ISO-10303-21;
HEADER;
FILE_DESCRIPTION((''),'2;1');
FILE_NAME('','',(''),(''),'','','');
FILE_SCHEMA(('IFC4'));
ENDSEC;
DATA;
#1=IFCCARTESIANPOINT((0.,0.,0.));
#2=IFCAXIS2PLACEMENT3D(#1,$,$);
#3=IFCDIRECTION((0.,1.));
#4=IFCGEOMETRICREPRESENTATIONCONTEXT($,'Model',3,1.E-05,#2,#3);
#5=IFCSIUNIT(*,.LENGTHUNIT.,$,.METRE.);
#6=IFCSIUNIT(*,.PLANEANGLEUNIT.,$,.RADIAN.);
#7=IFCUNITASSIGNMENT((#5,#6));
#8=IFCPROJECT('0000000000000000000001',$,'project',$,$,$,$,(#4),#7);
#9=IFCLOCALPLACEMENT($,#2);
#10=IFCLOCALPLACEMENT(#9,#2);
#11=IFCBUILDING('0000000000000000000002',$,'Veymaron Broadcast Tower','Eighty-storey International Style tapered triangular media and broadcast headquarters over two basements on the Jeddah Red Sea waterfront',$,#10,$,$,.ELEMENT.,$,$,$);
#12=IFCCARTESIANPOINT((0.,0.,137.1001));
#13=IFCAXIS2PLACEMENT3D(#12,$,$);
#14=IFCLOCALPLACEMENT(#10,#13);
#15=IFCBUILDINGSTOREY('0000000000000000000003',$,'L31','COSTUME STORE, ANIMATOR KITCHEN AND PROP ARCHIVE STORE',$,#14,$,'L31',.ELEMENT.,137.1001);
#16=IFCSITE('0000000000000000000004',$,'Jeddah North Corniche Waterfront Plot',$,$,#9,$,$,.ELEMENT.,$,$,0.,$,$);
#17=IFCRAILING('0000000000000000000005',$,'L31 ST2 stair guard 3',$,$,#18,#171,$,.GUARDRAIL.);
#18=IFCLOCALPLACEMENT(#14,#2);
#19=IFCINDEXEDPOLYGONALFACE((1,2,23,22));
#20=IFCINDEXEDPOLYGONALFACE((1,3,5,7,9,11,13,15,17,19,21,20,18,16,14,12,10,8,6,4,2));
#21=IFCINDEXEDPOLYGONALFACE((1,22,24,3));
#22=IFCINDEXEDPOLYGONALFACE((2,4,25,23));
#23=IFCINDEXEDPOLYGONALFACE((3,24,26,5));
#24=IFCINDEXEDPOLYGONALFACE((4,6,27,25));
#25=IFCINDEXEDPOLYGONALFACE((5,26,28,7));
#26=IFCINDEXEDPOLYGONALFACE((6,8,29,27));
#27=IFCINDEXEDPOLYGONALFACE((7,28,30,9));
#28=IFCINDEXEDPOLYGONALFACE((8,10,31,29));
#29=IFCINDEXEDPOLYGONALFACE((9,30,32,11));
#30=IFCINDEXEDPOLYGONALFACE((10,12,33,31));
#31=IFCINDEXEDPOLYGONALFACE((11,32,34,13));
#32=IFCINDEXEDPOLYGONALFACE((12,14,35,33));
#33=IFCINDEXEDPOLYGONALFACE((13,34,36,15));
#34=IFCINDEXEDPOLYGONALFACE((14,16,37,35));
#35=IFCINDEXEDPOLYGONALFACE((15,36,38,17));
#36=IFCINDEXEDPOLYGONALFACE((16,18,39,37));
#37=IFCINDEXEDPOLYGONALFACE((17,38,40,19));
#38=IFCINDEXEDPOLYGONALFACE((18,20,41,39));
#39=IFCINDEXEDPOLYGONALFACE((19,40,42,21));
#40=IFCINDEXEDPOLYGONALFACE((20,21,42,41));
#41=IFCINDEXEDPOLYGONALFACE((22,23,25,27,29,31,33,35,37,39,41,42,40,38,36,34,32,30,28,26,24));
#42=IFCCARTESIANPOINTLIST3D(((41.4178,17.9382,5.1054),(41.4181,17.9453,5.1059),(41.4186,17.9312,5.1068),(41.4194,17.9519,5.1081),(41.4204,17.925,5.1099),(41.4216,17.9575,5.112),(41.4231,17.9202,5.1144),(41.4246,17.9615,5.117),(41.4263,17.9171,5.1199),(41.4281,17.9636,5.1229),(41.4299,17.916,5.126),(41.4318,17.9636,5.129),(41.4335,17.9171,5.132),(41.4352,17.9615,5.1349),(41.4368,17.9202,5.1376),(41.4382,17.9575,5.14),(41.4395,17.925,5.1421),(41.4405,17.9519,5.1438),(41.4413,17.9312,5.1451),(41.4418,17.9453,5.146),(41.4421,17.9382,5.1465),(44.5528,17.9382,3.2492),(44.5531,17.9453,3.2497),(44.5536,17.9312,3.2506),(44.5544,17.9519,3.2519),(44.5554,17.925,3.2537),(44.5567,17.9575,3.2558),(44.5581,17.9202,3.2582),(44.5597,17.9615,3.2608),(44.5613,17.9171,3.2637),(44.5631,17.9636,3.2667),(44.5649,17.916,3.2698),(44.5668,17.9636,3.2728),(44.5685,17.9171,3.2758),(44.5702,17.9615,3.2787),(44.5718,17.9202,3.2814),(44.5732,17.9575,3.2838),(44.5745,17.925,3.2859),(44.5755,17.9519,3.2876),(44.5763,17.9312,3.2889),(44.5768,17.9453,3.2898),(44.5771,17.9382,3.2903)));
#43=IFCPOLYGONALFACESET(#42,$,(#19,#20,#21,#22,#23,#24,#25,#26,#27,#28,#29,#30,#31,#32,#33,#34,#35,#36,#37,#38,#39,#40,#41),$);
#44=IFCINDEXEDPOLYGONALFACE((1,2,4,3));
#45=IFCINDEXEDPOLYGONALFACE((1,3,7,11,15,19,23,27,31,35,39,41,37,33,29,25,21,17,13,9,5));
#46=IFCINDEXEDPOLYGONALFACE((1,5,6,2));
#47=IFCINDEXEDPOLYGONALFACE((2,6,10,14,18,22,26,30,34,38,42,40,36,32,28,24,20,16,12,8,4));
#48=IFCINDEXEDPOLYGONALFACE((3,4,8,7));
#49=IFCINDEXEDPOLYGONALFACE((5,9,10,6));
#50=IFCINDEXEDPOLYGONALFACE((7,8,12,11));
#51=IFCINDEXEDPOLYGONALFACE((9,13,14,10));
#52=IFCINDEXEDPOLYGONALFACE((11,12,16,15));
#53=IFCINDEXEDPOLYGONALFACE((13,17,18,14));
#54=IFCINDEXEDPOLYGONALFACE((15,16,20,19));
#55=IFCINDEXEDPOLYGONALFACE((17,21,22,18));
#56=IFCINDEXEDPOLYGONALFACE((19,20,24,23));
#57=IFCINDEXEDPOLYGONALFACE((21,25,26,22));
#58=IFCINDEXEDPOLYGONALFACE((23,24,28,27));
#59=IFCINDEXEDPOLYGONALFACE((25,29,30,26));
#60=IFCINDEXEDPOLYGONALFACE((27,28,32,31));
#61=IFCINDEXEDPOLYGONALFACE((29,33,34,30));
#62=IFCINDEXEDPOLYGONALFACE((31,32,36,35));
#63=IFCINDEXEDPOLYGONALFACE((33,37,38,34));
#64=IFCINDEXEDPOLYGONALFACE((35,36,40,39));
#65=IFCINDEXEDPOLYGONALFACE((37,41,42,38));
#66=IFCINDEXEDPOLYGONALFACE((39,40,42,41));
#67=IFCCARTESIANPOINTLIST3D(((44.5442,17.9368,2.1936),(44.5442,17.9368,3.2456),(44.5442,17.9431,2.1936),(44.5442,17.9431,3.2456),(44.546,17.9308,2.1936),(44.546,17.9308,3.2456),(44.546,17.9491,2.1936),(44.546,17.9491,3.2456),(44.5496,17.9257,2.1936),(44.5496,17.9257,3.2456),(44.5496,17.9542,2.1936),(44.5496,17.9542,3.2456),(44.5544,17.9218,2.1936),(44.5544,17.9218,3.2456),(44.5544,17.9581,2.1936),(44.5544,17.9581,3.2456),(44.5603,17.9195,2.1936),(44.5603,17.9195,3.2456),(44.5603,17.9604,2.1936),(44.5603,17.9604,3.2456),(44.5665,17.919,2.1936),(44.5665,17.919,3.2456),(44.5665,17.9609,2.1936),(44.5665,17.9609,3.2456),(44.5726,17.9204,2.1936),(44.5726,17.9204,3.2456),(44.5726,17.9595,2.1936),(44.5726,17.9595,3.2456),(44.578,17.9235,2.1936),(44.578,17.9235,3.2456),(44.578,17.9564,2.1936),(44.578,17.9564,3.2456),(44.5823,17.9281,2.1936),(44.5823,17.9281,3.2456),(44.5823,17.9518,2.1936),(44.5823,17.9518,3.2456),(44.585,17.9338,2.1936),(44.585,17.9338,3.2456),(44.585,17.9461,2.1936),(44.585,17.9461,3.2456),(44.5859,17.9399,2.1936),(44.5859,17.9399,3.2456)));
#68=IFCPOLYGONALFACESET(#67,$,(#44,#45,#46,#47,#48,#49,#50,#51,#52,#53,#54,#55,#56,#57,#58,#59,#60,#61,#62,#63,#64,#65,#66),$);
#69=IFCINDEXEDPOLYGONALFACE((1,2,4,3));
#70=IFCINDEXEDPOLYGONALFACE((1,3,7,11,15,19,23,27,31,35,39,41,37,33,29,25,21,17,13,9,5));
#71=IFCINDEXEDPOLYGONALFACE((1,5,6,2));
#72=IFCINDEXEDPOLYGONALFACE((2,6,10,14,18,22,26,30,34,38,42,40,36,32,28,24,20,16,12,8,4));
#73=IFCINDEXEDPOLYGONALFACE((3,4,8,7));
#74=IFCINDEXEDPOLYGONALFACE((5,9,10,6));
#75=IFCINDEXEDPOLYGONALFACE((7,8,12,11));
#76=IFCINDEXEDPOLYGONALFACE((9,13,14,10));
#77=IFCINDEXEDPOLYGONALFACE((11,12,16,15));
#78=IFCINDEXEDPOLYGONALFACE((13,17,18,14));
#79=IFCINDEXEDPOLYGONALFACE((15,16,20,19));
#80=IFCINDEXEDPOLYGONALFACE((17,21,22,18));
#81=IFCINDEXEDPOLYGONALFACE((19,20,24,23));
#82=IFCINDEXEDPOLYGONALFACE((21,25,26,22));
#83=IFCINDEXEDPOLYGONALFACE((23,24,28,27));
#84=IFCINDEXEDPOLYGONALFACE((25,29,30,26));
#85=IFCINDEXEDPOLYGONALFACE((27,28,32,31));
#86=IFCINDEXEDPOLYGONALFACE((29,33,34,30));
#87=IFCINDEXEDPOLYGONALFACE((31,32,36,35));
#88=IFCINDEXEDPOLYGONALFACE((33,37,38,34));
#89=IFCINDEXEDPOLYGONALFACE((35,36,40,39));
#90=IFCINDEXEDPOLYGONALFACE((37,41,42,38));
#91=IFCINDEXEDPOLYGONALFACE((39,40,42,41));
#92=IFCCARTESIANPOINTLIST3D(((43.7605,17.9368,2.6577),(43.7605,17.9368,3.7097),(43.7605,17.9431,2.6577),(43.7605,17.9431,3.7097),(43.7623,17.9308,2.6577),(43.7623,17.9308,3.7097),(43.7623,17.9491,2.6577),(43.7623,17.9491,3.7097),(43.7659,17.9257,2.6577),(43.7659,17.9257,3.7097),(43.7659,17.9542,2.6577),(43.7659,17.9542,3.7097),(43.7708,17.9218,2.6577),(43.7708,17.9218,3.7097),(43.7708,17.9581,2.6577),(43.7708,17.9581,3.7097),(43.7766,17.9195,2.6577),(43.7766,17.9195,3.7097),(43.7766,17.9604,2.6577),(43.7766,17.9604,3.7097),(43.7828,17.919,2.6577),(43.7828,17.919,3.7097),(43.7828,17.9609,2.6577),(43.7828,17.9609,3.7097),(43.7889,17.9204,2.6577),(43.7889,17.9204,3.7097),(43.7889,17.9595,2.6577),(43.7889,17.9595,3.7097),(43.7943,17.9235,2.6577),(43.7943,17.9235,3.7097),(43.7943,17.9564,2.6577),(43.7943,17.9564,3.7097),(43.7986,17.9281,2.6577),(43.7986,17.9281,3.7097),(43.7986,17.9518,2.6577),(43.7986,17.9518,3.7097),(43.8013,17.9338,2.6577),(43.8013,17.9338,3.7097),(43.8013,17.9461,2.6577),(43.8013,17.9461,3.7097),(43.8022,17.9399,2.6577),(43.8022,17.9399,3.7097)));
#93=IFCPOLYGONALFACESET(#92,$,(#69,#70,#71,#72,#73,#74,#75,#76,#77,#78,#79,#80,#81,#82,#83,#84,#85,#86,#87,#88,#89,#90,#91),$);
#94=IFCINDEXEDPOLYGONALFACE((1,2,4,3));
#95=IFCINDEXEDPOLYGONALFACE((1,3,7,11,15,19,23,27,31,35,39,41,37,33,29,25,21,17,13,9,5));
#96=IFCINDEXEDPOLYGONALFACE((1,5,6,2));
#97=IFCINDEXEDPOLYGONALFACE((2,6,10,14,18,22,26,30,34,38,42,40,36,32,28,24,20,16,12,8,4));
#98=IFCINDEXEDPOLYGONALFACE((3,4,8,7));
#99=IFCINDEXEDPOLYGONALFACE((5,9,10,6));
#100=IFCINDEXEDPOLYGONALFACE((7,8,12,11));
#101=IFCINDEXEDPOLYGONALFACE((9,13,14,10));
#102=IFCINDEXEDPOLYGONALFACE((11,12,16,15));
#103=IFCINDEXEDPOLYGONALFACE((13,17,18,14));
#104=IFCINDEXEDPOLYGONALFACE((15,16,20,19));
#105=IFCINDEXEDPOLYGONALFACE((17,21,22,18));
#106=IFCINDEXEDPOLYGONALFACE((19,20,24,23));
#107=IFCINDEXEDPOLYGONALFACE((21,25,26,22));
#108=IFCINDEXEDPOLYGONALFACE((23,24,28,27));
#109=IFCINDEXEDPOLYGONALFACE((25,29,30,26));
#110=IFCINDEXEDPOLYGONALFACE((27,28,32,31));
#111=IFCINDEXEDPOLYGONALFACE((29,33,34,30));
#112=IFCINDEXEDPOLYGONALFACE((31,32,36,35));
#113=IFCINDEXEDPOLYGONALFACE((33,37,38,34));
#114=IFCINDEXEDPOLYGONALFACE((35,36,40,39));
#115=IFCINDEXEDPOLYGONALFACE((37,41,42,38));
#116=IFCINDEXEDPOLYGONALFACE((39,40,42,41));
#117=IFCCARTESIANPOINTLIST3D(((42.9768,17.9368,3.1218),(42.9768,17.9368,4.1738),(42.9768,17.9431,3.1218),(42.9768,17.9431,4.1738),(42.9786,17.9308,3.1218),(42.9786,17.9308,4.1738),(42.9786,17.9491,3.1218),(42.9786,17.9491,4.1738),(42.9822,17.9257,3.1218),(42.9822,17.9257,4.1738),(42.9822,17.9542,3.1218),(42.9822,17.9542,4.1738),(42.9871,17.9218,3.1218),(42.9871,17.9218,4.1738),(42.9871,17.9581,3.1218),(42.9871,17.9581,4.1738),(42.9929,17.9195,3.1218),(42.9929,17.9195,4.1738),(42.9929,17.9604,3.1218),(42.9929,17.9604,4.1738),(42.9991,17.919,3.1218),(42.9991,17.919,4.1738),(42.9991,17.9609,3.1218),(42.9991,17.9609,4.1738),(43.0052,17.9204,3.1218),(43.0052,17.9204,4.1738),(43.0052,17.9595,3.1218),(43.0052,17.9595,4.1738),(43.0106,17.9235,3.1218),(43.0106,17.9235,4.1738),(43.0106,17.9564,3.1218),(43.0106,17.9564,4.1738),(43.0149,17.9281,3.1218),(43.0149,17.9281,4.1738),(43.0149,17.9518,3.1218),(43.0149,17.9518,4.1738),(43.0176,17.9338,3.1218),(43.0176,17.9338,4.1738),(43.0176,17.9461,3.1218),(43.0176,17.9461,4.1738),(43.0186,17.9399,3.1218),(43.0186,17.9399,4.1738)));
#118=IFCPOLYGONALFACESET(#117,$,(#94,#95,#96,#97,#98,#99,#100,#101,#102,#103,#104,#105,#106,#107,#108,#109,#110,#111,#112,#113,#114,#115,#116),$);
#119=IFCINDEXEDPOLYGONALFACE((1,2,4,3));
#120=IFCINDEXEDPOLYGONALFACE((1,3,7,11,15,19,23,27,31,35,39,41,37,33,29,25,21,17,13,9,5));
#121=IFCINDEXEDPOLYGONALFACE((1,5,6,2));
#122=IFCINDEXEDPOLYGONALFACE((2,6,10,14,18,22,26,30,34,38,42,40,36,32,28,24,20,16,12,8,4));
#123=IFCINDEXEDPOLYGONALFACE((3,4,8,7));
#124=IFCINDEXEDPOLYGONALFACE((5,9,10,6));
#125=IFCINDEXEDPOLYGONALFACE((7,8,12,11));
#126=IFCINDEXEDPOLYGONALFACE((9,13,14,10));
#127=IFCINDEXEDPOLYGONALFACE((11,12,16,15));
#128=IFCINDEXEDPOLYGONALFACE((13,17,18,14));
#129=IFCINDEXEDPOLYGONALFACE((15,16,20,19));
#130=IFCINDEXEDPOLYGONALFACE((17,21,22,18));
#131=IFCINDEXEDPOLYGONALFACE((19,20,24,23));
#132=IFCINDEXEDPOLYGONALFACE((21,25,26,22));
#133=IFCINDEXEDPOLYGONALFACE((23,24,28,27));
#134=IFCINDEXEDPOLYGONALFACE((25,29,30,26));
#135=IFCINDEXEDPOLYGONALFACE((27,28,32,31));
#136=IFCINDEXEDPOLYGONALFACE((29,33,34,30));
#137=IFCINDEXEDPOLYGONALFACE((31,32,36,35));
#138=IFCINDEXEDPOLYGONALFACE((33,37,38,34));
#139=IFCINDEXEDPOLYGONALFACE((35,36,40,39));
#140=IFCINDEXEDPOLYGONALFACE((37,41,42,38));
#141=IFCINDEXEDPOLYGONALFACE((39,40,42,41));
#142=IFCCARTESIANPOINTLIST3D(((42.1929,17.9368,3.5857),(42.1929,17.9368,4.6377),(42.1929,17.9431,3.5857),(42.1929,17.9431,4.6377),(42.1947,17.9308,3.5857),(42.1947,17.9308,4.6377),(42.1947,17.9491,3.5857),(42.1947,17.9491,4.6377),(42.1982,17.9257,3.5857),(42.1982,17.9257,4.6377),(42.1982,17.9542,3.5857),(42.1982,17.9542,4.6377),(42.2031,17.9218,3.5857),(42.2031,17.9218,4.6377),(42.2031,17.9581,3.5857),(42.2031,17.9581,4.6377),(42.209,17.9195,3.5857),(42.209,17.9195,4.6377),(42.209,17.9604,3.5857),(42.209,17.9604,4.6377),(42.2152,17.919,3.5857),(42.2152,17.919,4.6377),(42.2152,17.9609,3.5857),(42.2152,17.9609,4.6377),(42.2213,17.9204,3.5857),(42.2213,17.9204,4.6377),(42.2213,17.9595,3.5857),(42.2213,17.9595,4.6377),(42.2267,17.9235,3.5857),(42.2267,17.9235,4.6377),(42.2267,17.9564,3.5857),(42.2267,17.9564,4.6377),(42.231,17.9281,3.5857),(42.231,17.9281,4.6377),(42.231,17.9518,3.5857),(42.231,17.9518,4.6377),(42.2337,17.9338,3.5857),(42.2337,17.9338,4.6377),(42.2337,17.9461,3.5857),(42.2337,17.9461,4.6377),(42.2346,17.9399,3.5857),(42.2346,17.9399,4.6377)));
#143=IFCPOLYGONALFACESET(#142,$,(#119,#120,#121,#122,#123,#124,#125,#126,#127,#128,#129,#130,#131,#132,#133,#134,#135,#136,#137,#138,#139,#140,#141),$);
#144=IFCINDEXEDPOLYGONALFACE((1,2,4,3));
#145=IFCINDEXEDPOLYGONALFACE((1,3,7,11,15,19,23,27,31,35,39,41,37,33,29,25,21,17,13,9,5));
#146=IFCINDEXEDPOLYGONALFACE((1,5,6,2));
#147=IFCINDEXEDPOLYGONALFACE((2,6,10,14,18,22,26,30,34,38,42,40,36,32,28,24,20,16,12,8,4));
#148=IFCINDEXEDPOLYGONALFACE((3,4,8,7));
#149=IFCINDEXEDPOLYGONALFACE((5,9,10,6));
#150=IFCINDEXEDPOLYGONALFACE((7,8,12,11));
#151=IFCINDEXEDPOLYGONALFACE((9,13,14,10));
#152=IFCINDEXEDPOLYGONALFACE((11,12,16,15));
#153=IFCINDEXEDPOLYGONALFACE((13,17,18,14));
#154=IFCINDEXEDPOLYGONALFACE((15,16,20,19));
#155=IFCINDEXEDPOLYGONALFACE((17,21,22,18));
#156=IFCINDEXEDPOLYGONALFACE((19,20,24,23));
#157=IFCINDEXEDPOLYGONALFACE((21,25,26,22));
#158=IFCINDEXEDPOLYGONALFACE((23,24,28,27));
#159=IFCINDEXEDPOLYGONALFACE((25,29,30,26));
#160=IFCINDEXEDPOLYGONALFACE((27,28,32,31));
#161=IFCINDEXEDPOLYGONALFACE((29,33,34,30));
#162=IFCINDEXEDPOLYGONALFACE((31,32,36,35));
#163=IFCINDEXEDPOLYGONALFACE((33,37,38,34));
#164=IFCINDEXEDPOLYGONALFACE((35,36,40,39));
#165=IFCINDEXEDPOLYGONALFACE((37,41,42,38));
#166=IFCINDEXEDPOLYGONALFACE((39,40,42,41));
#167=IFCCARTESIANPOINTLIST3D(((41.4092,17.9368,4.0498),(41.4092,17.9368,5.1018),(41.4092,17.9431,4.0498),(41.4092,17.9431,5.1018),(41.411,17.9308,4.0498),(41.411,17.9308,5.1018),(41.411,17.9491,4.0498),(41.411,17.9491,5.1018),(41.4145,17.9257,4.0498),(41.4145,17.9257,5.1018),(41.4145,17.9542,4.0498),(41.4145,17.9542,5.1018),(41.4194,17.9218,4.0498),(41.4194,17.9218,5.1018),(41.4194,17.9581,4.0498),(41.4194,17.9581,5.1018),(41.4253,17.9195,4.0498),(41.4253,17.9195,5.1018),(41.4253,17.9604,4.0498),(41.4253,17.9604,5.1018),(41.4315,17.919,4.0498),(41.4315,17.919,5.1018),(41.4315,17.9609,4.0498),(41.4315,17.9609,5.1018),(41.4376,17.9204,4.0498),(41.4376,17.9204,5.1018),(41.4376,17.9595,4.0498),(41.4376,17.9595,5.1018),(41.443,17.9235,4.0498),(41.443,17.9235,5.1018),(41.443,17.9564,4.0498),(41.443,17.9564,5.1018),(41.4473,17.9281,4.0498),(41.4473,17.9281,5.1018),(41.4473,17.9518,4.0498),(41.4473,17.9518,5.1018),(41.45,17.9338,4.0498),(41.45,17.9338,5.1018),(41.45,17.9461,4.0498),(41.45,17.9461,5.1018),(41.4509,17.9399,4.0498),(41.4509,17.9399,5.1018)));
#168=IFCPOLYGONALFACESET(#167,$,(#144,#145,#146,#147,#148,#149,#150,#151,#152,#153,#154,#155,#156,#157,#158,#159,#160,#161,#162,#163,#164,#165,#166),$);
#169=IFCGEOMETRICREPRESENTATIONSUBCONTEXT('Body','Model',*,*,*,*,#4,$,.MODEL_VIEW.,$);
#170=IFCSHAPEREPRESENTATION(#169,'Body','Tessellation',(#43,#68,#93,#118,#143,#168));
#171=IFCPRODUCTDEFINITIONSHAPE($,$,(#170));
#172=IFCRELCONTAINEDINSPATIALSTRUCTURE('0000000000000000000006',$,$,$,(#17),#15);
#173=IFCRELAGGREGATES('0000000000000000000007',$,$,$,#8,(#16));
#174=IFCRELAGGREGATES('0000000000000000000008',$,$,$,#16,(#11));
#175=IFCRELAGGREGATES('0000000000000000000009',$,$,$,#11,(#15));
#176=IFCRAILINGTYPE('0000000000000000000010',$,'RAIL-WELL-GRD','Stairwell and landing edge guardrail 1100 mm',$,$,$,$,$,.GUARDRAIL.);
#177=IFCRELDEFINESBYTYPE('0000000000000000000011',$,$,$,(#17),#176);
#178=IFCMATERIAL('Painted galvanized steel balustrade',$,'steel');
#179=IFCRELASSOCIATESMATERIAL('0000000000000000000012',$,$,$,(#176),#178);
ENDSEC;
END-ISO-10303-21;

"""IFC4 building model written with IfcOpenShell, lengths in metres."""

from ifc_helpers import new_model, si_unit, direction, frame, origin, origin_2d, place, context, subcontext, project, spatial, circle, extrude, material, type_object, element, save


model = new_model("IFC4")

# Units and contexts
model_context = context("Model", 3, precision=1e-05, world=origin(), true_north=direction((0.0, 1.0)))
body_context = subcontext(model_context, "Body", "Model", "MODEL_VIEW")
ifc_project = project(units=[si_unit("LENGTHUNIT", "METRE"), si_unit("PLANEANGLEUNIT", "RADIAN")], contexts=[model_context])

# Site, building, storey
site_placement = place(None, origin())
site = spatial("IfcSite", under=ifc_project, at=site_placement, Name="Jeddah North Corniche Waterfront Plot", CompositionType="ELEMENT", RefElevation=0.0)
building_placement = place(site_placement, origin())
building = spatial("IfcBuilding", under=site, at=building_placement, Name="Veymaron Broadcast Tower", Description="Eighty-storey International Style tapered triangular media and broadcast headquarters over two basements on the Jeddah Red Sea waterfront", CompositionType="ELEMENT")
storey_placement = place(building_placement, frame((0.0, 0.0, 137.1001)))
storey = spatial("IfcBuildingStorey", under=building, at=storey_placement, Name="L31", Description="COSTUME STORE, ANIMATOR KITCHEN AND PROP ARCHIVE STORE", LongName="L31", CompositionType="ELEMENT", Elevation=137.1001)

# Railing
ifc_material_1 = material(Name="Painted galvanized steel balustrade", Category="steel")
railing_type_1 = type_object("IfcRailingType", Name="RAIL-WELL-GRD", Description="Stairwell and landing edge guardrail 1100 mm", PredefinedType="GUARDRAIL", material=ifc_material_1)
railing_1_placement = place(storey_placement, frame((44.5649, 17.9399, 2.1936)))
element("IfcRailing", 1, at=railing_1_placement, inside=storey, type_object=railing_type_1, Name="L31 ST2 stair guard 3", PredefinedType="GUARDRAIL", context=body_context, shape_type="SweptSolid", body=[
    extrude(circle(Radius=0.0239, at=origin_2d()), frame((0.0, 0.0, 1.0762), z_axis=(-0.860482, 0.0, 0.509481), x_axis=(0.0, -1.0, 0.0)), (0.0, 0.0, 1.0), 3.6433),
    extrude(circle(Radius=0.021, at=origin_2d()), origin(), (0.0, 0.0, 1.0), 1.052),
    extrude(circle(Radius=0.021, at=origin_2d()), frame((-0.7837, 0.0, 0.4641)), (0.0, 0.0, 1.0), 1.052),
    extrude(circle(Radius=0.021, at=origin_2d()), frame((-1.5674, 0.0, 0.9282)), (0.0, 0.0, 1.0), 1.052),
    extrude(circle(Radius=0.021, at=origin_2d()), frame((-2.3513, 0.0, 1.3921)), (0.0, 0.0, 1.0), 1.052),
    extrude(circle(Radius=0.021, at=origin_2d()), frame((-3.135, 0.0, 1.8562)), (0.0, 0.0, 1.0), 1.052),
])

save(model, "model.ifc")
